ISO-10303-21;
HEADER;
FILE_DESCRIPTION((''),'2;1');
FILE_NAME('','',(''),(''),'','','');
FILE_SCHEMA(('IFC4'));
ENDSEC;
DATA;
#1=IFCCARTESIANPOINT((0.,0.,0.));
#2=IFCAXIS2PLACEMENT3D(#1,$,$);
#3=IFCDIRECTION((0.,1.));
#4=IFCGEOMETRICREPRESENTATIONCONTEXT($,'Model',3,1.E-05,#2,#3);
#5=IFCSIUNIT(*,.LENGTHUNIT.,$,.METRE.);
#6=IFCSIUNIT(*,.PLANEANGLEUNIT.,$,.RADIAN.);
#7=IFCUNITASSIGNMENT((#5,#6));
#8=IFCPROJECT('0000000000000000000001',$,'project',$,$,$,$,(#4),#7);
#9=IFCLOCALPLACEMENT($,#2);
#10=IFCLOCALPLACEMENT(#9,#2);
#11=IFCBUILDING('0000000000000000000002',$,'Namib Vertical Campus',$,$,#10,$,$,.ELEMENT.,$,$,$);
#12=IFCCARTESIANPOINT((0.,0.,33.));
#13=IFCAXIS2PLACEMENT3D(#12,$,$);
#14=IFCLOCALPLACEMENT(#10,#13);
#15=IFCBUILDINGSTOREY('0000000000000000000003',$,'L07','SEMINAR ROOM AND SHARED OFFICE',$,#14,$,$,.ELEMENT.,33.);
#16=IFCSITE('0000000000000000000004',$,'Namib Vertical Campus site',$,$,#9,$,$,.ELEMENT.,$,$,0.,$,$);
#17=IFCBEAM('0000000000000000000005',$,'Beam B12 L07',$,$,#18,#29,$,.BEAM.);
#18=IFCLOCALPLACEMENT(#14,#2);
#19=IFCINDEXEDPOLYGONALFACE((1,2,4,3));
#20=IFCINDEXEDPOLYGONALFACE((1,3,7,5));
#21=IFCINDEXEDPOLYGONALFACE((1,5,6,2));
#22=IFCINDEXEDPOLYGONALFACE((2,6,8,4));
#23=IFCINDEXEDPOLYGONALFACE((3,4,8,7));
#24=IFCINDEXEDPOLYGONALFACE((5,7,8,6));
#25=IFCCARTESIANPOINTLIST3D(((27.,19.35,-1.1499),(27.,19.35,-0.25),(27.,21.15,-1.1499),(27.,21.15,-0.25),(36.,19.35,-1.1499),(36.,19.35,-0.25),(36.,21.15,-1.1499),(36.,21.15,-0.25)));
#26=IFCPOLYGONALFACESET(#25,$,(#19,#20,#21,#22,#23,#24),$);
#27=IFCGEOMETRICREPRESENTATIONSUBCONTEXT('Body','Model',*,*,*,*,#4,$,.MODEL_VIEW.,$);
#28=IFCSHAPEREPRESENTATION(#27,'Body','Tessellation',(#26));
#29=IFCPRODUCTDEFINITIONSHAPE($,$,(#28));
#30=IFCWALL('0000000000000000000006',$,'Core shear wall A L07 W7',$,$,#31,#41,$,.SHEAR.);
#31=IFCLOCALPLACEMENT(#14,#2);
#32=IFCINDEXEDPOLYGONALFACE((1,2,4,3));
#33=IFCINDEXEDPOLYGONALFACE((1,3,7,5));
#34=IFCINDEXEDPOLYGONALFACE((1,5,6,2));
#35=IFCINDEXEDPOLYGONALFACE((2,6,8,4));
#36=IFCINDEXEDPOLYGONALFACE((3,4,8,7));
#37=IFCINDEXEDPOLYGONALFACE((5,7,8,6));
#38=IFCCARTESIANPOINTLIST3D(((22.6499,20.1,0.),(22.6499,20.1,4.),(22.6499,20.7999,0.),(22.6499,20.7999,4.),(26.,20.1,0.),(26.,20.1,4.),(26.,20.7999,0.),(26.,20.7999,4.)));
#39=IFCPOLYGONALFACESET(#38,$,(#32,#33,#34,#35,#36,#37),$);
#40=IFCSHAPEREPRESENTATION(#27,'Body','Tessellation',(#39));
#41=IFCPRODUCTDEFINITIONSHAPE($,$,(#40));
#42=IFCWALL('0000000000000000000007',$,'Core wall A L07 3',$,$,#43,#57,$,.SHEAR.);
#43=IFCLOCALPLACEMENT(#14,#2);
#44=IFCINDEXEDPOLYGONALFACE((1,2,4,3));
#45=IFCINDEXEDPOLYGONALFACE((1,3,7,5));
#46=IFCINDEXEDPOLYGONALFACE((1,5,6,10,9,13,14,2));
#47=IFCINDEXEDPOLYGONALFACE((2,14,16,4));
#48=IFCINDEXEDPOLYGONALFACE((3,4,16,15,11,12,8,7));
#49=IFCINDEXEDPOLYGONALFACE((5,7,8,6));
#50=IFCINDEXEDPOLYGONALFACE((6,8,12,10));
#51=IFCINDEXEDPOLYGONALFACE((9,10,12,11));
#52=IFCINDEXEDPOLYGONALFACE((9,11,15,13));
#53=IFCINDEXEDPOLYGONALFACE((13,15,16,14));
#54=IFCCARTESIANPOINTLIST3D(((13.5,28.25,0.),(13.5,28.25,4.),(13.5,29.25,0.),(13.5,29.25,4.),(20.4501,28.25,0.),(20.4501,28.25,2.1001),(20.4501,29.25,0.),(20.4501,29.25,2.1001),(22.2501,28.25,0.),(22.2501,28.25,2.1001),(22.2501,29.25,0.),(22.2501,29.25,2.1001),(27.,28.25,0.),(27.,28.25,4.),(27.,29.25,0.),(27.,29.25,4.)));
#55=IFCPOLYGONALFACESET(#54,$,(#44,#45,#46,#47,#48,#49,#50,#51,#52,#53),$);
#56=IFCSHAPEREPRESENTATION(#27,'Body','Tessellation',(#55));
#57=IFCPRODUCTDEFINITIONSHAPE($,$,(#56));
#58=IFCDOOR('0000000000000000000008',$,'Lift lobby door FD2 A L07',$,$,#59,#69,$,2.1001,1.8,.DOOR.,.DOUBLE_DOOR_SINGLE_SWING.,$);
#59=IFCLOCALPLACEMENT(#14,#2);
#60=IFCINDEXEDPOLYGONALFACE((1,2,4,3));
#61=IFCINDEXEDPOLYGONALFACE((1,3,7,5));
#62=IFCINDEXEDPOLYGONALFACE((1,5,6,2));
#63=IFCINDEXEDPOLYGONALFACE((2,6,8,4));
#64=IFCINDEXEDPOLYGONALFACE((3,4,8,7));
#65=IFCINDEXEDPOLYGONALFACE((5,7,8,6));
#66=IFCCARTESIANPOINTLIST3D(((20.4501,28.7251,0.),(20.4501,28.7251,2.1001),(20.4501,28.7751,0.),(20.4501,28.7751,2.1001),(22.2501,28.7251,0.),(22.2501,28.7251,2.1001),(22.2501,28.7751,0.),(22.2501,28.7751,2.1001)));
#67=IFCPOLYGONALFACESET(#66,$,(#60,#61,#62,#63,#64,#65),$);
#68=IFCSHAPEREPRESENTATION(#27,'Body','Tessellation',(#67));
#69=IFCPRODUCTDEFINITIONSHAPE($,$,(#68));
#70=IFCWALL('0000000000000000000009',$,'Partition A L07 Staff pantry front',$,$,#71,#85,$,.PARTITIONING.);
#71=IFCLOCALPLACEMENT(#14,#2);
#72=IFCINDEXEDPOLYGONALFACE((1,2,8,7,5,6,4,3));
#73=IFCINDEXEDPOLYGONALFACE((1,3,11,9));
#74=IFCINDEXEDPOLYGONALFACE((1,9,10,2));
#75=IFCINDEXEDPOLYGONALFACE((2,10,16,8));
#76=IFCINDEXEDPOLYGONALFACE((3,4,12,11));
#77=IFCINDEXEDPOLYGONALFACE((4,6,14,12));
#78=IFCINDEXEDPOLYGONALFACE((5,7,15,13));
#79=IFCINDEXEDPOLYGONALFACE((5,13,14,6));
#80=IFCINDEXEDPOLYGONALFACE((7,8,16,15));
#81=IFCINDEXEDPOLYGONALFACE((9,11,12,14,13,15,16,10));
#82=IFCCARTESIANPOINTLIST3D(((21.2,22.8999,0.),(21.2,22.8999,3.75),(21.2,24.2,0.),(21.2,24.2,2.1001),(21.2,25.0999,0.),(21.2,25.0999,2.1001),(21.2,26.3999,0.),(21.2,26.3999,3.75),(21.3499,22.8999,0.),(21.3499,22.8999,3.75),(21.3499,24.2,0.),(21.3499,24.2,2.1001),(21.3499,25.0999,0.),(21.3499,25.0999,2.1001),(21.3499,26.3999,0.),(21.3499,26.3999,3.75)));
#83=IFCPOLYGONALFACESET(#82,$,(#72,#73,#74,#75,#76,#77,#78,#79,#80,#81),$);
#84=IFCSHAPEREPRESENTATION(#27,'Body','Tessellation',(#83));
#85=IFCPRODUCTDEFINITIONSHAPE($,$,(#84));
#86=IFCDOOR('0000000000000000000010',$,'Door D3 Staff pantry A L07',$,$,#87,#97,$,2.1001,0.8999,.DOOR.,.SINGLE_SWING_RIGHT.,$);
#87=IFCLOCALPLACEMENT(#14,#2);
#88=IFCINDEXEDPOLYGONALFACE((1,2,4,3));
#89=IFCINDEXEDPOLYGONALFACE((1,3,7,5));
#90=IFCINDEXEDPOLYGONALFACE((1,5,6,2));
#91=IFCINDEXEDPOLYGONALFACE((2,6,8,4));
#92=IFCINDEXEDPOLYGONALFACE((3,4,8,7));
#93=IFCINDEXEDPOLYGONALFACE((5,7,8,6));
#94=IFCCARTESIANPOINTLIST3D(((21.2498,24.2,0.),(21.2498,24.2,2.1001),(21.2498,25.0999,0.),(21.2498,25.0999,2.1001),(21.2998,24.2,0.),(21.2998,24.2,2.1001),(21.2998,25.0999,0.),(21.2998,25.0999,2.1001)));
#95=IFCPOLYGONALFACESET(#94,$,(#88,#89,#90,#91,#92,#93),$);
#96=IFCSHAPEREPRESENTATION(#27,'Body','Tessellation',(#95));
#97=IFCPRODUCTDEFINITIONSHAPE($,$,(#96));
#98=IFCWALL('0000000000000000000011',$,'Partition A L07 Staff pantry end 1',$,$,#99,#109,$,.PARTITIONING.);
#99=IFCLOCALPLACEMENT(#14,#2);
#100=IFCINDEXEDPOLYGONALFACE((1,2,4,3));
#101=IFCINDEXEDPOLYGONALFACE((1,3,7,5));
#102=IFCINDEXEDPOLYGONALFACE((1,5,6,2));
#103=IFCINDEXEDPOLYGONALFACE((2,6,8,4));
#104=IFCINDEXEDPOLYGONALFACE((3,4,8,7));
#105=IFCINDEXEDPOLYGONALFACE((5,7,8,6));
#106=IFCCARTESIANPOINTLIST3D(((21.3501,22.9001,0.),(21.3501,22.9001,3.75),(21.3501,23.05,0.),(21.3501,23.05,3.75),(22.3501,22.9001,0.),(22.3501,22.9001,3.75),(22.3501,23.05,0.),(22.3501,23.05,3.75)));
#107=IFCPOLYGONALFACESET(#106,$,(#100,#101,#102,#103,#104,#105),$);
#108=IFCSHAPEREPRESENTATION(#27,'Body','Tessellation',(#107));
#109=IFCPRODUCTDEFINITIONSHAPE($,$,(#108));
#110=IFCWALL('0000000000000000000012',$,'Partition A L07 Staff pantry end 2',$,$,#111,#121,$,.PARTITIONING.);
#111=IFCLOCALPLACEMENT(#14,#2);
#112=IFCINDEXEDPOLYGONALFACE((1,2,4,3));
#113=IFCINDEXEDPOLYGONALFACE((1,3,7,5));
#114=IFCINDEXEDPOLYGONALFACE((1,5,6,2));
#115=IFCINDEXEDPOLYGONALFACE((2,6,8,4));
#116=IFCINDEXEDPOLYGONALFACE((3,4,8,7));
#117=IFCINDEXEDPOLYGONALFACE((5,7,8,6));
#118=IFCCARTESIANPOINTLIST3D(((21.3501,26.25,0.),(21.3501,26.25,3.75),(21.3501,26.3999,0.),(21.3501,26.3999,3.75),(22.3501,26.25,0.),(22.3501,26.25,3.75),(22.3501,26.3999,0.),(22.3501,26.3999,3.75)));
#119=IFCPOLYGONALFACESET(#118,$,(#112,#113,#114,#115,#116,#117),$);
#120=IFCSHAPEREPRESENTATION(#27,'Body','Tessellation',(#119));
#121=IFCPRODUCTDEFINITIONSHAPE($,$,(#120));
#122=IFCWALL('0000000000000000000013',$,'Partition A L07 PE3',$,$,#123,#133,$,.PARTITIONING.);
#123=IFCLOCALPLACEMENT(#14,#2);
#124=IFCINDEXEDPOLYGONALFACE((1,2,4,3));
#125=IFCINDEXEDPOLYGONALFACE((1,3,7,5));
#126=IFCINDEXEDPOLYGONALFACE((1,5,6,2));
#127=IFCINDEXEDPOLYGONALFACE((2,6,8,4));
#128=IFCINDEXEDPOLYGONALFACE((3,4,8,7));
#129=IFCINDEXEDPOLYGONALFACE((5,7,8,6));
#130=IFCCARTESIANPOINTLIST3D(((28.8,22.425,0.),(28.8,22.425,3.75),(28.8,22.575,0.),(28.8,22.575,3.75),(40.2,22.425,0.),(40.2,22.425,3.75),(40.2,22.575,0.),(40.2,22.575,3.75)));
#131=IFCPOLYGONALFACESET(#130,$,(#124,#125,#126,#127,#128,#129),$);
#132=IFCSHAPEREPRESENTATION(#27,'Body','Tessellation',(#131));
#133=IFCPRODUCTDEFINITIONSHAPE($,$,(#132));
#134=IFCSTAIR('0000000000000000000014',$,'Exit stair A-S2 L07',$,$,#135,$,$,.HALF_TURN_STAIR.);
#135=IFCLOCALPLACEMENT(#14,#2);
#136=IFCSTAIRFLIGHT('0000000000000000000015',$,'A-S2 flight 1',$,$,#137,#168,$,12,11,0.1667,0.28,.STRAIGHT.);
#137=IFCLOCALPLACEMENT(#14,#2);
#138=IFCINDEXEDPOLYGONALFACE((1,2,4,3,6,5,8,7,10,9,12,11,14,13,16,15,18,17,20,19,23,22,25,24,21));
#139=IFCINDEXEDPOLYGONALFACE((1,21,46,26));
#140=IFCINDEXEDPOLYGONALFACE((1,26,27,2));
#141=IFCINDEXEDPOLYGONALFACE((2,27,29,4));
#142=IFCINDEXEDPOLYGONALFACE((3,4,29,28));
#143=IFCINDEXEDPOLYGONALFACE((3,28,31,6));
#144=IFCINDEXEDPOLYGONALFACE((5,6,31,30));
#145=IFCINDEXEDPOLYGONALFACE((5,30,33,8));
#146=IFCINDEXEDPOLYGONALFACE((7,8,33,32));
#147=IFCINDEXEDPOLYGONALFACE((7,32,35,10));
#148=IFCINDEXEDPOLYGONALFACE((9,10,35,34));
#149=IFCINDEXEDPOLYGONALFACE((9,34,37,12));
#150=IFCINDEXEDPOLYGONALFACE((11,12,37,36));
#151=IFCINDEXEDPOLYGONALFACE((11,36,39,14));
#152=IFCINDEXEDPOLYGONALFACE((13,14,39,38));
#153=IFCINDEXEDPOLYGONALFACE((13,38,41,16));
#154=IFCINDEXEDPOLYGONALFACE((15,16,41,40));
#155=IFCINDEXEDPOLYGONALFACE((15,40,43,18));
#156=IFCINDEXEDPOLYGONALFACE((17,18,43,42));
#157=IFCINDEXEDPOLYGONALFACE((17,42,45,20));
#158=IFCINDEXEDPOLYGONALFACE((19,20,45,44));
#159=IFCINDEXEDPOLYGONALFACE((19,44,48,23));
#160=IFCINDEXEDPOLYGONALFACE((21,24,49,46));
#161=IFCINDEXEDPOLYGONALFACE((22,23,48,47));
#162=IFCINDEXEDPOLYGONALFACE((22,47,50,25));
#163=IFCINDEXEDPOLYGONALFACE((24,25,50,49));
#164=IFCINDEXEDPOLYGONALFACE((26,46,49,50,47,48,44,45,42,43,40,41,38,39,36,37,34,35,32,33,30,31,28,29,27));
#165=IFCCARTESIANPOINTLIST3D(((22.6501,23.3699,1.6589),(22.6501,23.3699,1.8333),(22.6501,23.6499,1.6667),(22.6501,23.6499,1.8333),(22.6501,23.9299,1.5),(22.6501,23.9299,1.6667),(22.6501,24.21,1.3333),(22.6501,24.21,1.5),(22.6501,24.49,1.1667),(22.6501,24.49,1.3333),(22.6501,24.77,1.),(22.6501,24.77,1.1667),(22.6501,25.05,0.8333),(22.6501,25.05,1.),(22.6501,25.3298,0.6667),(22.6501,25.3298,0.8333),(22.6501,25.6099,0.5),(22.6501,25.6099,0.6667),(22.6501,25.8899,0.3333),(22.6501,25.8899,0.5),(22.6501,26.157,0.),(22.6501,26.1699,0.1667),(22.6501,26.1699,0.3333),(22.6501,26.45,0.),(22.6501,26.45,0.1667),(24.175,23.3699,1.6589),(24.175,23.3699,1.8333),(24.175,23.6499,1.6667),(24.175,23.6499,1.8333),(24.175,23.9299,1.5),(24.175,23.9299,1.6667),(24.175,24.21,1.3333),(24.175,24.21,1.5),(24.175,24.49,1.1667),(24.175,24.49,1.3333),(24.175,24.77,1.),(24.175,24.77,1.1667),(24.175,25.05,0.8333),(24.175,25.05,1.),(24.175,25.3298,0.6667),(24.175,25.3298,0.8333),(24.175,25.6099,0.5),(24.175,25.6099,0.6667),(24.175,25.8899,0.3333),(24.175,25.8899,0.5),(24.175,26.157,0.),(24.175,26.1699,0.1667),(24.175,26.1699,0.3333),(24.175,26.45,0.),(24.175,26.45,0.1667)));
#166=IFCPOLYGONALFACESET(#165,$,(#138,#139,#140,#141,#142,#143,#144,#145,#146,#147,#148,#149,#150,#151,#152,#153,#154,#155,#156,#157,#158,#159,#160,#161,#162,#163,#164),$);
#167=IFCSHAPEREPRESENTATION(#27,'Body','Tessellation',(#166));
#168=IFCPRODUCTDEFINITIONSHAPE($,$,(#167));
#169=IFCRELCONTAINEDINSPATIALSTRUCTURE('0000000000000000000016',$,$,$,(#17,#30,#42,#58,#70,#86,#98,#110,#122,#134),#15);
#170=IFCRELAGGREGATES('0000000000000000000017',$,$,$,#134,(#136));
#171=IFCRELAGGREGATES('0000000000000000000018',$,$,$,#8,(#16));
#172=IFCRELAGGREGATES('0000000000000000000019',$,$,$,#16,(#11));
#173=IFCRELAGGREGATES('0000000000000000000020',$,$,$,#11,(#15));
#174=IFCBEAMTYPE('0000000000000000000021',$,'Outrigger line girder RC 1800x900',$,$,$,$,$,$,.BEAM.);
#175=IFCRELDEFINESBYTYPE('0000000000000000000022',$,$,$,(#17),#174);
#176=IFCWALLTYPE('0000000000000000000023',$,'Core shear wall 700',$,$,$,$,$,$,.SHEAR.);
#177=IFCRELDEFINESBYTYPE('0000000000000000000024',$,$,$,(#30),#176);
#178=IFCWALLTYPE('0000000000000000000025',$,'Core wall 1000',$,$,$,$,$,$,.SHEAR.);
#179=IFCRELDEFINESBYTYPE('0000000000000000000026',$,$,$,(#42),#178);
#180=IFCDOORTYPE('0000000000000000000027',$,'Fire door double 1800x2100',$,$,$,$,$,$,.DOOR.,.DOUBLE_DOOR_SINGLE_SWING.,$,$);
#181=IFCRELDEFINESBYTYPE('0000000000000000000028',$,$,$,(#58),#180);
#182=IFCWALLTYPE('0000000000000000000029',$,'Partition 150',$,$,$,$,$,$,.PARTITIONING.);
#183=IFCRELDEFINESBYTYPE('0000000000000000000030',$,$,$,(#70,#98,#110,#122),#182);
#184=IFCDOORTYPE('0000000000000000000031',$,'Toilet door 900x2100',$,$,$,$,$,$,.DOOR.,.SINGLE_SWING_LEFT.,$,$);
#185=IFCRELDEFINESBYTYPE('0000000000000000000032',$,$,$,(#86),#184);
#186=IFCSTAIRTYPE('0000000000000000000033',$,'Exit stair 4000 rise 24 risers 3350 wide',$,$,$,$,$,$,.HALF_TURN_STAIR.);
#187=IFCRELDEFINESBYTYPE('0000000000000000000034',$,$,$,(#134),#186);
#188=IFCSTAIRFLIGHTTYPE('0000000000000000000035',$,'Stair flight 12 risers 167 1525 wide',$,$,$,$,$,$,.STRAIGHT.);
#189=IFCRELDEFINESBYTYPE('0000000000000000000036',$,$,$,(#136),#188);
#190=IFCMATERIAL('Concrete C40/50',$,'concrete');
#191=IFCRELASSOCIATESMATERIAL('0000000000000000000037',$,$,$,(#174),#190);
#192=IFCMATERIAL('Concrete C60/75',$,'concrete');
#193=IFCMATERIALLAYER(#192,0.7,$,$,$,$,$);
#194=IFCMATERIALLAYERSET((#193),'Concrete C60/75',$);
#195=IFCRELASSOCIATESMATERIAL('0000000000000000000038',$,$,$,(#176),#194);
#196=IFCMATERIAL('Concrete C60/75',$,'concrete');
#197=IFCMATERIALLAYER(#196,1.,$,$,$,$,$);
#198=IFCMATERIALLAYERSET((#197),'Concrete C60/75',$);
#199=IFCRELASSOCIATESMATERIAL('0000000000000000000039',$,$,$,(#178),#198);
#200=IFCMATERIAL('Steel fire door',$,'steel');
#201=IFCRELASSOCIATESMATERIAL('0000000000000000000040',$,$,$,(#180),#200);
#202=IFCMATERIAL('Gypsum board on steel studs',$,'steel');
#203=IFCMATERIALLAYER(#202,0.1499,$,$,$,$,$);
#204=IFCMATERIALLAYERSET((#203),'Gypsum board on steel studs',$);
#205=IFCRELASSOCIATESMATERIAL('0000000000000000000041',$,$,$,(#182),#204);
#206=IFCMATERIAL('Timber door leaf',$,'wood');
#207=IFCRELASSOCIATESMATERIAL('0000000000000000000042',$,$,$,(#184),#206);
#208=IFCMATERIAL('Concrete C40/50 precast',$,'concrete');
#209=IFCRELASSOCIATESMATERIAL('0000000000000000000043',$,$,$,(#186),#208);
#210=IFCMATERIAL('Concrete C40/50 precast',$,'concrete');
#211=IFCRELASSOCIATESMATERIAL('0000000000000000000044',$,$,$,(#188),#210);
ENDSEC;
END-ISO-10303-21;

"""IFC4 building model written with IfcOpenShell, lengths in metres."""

from ifc_helpers import new_model, si_unit, direction, frame, frame_2d, origin, origin_2d, place, context, subcontext, project, spatial, polyline, rectangle, outline, extrude, material, layer, layer_set, material_profile, profile_set, type_object, element, fill, aggregate, save


model = new_model("IFC4")

# Units and contexts
model_context = context("Model", 3, precision=1e-05, world=origin(), true_north=direction((0.0, 1.0)))
body_context = subcontext(model_context, "Body", "Model", "MODEL_VIEW")
ifc_project = project(units=[si_unit("LENGTHUNIT", "METRE"), si_unit("PLANEANGLEUNIT", "RADIAN")], contexts=[model_context])

# Site, building, storey
site_placement = place(None, origin())
site = spatial("IfcSite", under=ifc_project, at=site_placement, Name="Namib Vertical Campus site", CompositionType="ELEMENT", RefElevation=0.0)
building_placement = place(site_placement, origin())
building = spatial("IfcBuilding", under=site, at=building_placement, Name="Namib Vertical Campus", CompositionType="ELEMENT")
storey_placement = place(building_placement, frame((0.0, 0.0, 33.0)))
storey = spatial("IfcBuildingStorey", under=building, at=storey_placement, Name="L07", Description="SEMINAR ROOM AND SHARED OFFICE", CompositionType="ELEMENT", Elevation=33.0)

# Beam
ifc_material_1 = material(Name="Concrete C40/50", Category="concrete")
ifc_material_profile_1 = material_profile(ifc_material_1, rectangle(XDim=1.8, YDim=0.8999, at=origin_2d()))
ifc_profile_set_1 = profile_set([ifc_material_profile_1], Name="Concrete C40/50")
beam_type_1 = type_object("IfcBeamType", Name="Outrigger line girder RC 1800x900", PredefinedType="BEAM", material=ifc_profile_set_1)
beam_1_placement = place(storey_placement, frame((36.0, 20.25, -0.7), z_axis=(-1.0, 0.0, 0.0), x_axis=(0.0, -1.0, 0.0)))
element("IfcBeam", 1, at=beam_1_placement, inside=storey, type_object=beam_type_1, Name="Beam B12 L07", PredefinedType="BEAM", context=body_context, shape_type="SweptSolid", body=[
    extrude(rectangle(XDim=1.8, YDim=0.8999, at=origin_2d()), origin(), (0.0, 0.0, 1.0), 9.0),
])

# Wall
ifc_material_2 = material(Name="Concrete C60/75", Category="concrete")
ifc_layer_1 = layer(ifc_material_2, 0.7)
ifc_layer_set_1 = layer_set([ifc_layer_1], Name="Concrete C60/75")
wall_type_1 = type_object("IfcWallType", Name="Core shear wall 700", PredefinedType="SHEAR", material=ifc_layer_set_1)
wall_1_placement = place(storey_placement, frame((22.6499, 20.45, 0.0), z_axis=(0.0, 0.0, 1.0), x_axis=(1.0, 0.0, 0.0)))
element("IfcWall", 2, at=wall_1_placement, inside=storey, type_object=wall_type_1, Name="Core shear wall A L07 W7", PredefinedType="SHEAR", context=body_context, shape_type="SweptSolid", body=[
    extrude(rectangle(XDim=3.3501, YDim=0.7, at=frame_2d((1.675, 0.0))), origin(), (0.0, 0.0, 1.0), 4.0),
])

# Walls, openings, doors
ifc_material_3 = material(Name="Concrete C60/75", Category="concrete")
ifc_layer_2 = layer(ifc_material_3, 1.0)
ifc_layer_set_2 = layer_set([ifc_layer_2], Name="Concrete C60/75")
wall_type_2 = type_object("IfcWallType", Name="Core wall 1000", PredefinedType="SHEAR", material=ifc_layer_set_2)
wall_2_placement = place(storey_placement, frame((27.0, 28.75, 0.0), z_axis=(0.0, 0.0, 1.0), x_axis=(-1.0, 0.0, 0.0)))
wall_2 = element("IfcWall", 3, at=wall_2_placement, inside=storey, type_object=wall_type_2, Name="Core wall A L07 3", PredefinedType="SHEAR", context=body_context, shape_type="SweptSolid", body=[
    extrude(rectangle(XDim=13.5, YDim=1.0, at=frame_2d((6.75, 0.0))), origin(), (0.0, 0.0, 1.0), 4.0),
])
opening_1_placement = place(wall_2_placement, frame((4.75, 0.0, 0.0)))
opening_1 = element("IfcOpeningElement", 4, at=opening_1_placement, cuts=wall_2, PredefinedType="OPENING", context=body_context, shape_type="SweptSolid", body=[
    extrude(rectangle(XDim=1.8, YDim=2.1001, at=frame_2d((0.8999, 1.05))), frame((0.0, 0.51, 0.0), z_axis=(0.0, -1.0, 0.0), x_axis=(1.0, 0.0, 0.0)), (0.0, 0.0, 1.0), 1.02),
])
ifc_material_4 = material(Name="Steel fire door", Category="steel")
door_type_1 = type_object("IfcDoorType", Name="Fire door double 1800x2100", OperationType="DOUBLE_DOOR_SINGLE_SWING", PredefinedType="DOOR", material=ifc_material_4)
door_1_placement = place(opening_1_placement, origin())
door_1 = element("IfcDoor", 5, at=door_1_placement, inside=storey, type_object=door_type_1, Name="Lift lobby door FD2 A L07", OperationType="DOUBLE_DOOR_SINGLE_SWING", OverallHeight=2.1001, OverallWidth=1.8, PredefinedType="DOOR", context=body_context, shape_type="SweptSolid", body=[
    extrude(rectangle(XDim=1.8, YDim=2.1001, at=frame_2d((0.8999, 1.05))), frame((0.0, 0.0249, 0.0), z_axis=(0.0, -1.0, 0.0), x_axis=(1.0, 0.0, 0.0)), (0.0, 0.0, 1.0), 0.05),
])
fill(opening_1, door_1)
ifc_material_5 = material(Name="Gypsum board on steel studs", Category="steel")
ifc_layer_3 = layer(ifc_material_5, 0.1499)
ifc_layer_set_3 = layer_set([ifc_layer_3], Name="Gypsum board on steel studs")
wall_type_3 = type_object("IfcWallType", Name="Partition 150", PredefinedType="PARTITIONING", material=ifc_layer_set_3)
wall_3_placement = place(storey_placement, frame((21.2749, 22.8999, 0.0), z_axis=(0.0, 0.0, 1.0), x_axis=(0.0, 1.0, 0.0)))
wall_3 = element("IfcWall", 6, at=wall_3_placement, inside=storey, type_object=wall_type_3, Name="Partition A L07 Staff pantry front", PredefinedType="PARTITIONING", context=body_context, shape_type="SweptSolid", body=[
    extrude(rectangle(XDim=3.5, YDim=0.1499, at=frame_2d((1.75, 0.0))), origin(), (0.0, 0.0, 1.0), 3.75),
])
opening_2_placement = place(wall_3_placement, frame((1.3, 0.0, 0.0)))
opening_2 = element("IfcOpeningElement", 7, at=opening_2_placement, cuts=wall_3, PredefinedType="OPENING", context=body_context, shape_type="SweptSolid", body=[
    extrude(rectangle(XDim=0.8999, YDim=2.1001, at=frame_2d((0.45, 1.05))), frame((0.0, 0.085, 0.0), z_axis=(0.0, -1.0, 0.0), x_axis=(1.0, 0.0, 0.0)), (0.0, 0.0, 1.0), 0.1699),
])
ifc_material_6 = material(Name="Timber door leaf", Category="wood")
door_type_2 = type_object("IfcDoorType", Name="Toilet door 900x2100", OperationType="SINGLE_SWING_LEFT", PredefinedType="DOOR", material=ifc_material_6)
door_2_placement = place(opening_2_placement, frame((0.8999, 0.0, 0.0), z_axis=(0.0, 0.0, 1.0), x_axis=(-1.0, 0.0, 0.0)))
door_2 = element("IfcDoor", 8, at=door_2_placement, inside=storey, type_object=door_type_2, Name="Door D3 Staff pantry A L07", OperationType="SINGLE_SWING_RIGHT", OverallHeight=2.1001, OverallWidth=0.8999, PredefinedType="DOOR", context=body_context, shape_type="SweptSolid", body=[
    extrude(rectangle(XDim=0.8999, YDim=2.1001, at=frame_2d((0.45, 1.05))), frame((0.0, 0.0249, 0.0), z_axis=(0.0, -1.0, 0.0), x_axis=(1.0, 0.0, 0.0)), (0.0, 0.0, 1.0), 0.05),
])
fill(opening_2, door_2)

# Walls
for number, where, z_axis, x_axis, name in (
    (9, (21.3501, 22.9751, 0.0), (0.0, 0.0, 1.0), (1.0, 0.0, 0.0), "Partition A L07 Staff pantry end 1"),
    (10, (21.3501, 26.325, 0.0), (0.0, 0.0, 1.0), (1.0, 0.0, 0.0), "Partition A L07 Staff pantry end 2"),
):
    element("IfcWall", number, at=place(storey_placement, frame(where, z_axis=z_axis, x_axis=x_axis)), inside=storey, type_object=wall_type_3, Name=name, PredefinedType="PARTITIONING", context=body_context, shape_type="SweptSolid", body=[
        extrude(rectangle(XDim=1.0, YDim=0.1499, at=frame_2d((0.5, 0.0))), origin(), (0.0, 0.0, 1.0), 3.75),
    ])
wall_4_placement = place(storey_placement, frame((28.8, 22.5, 0.0), z_axis=(0.0, 0.0, 1.0), x_axis=(1.0, 0.0, 0.0)))
element("IfcWall", 11, at=wall_4_placement, inside=storey, type_object=wall_type_3, Name="Partition A L07 PE3", PredefinedType="PARTITIONING", context=body_context, shape_type="SweptSolid", body=[
    extrude(rectangle(XDim=11.3999, YDim=0.1499, at=frame_2d((5.7, 0.0))), origin(), (0.0, 0.0, 1.0), 3.75),
])

# Stair, stair flight
ifc_material_7 = material(Name="Concrete C40/50 precast", Category="concrete")
stair_type = type_object("IfcStairType", Name="Exit stair 4000 rise 24 risers 3350 wide", PredefinedType="HALF_TURN_STAIR", material=ifc_material_7)
stair_placement = place(storey_placement, origin())
stair = element("IfcStair", 12, at=stair_placement, inside=storey, type_object=stair_type, Name="Exit stair A-S2 L07", PredefinedType="HALF_TURN_STAIR")
ifc_material_8 = material(Name="Concrete C40/50 precast", Category="concrete")
stair_flight_type = type_object("IfcStairFlightType", Name="Stair flight 12 risers 167 1525 wide", PredefinedType="STRAIGHT", material=ifc_material_8)
stair_flight_1_placement = place(storey_placement, frame((23.4126, 26.45, 0.0), z_axis=(0.0, 0.0, 1.0), x_axis=(0.0, -1.0, 0.0)))
stair_flight_1 = element("IfcStairFlight", 13, at=stair_flight_1_placement, type_object=stair_flight_type, Name="A-S2 flight 1", NumberOfRisers=12, NumberOfTreads=11, PredefinedType="STRAIGHT", RiserHeight=0.1667, TreadLength=0.28, context=body_context, shape_type="SweptSolid", body=[
    extrude(outline(polyline([(0.0, 0.0), (0.0, 0.1667), (0.28, 0.1667), (0.28, 0.3333), (0.5601, 0.3333), (0.5601, 0.5), (0.8401, 0.5), (0.8401, 0.6667), (1.1201, 0.6667), (1.1201, 0.8333), (1.3999, 0.8333), (1.3999, 1.0), (1.6799, 1.0), (1.6799, 1.1667), (1.96, 1.1667), (1.96, 1.3333), (2.24, 1.3333), (2.24, 1.5), (2.52, 1.5), (2.52, 1.6667), (2.8, 1.6667), (2.8, 1.8333), (3.0801, 1.8333), (3.0801, 2.0), (3.0801, 1.6589), (0.293, 0.0), (0.0, 0.0)])), frame((0.0, 0.7625, 0.0), z_axis=(0.0, -1.0, 0.0), x_axis=(1.0, 0.0, 0.0)), (0.0, 0.0, 1.0), 1.5249),
])
aggregate(stair, [stair_flight_1])

save(model, "model.ifc")
